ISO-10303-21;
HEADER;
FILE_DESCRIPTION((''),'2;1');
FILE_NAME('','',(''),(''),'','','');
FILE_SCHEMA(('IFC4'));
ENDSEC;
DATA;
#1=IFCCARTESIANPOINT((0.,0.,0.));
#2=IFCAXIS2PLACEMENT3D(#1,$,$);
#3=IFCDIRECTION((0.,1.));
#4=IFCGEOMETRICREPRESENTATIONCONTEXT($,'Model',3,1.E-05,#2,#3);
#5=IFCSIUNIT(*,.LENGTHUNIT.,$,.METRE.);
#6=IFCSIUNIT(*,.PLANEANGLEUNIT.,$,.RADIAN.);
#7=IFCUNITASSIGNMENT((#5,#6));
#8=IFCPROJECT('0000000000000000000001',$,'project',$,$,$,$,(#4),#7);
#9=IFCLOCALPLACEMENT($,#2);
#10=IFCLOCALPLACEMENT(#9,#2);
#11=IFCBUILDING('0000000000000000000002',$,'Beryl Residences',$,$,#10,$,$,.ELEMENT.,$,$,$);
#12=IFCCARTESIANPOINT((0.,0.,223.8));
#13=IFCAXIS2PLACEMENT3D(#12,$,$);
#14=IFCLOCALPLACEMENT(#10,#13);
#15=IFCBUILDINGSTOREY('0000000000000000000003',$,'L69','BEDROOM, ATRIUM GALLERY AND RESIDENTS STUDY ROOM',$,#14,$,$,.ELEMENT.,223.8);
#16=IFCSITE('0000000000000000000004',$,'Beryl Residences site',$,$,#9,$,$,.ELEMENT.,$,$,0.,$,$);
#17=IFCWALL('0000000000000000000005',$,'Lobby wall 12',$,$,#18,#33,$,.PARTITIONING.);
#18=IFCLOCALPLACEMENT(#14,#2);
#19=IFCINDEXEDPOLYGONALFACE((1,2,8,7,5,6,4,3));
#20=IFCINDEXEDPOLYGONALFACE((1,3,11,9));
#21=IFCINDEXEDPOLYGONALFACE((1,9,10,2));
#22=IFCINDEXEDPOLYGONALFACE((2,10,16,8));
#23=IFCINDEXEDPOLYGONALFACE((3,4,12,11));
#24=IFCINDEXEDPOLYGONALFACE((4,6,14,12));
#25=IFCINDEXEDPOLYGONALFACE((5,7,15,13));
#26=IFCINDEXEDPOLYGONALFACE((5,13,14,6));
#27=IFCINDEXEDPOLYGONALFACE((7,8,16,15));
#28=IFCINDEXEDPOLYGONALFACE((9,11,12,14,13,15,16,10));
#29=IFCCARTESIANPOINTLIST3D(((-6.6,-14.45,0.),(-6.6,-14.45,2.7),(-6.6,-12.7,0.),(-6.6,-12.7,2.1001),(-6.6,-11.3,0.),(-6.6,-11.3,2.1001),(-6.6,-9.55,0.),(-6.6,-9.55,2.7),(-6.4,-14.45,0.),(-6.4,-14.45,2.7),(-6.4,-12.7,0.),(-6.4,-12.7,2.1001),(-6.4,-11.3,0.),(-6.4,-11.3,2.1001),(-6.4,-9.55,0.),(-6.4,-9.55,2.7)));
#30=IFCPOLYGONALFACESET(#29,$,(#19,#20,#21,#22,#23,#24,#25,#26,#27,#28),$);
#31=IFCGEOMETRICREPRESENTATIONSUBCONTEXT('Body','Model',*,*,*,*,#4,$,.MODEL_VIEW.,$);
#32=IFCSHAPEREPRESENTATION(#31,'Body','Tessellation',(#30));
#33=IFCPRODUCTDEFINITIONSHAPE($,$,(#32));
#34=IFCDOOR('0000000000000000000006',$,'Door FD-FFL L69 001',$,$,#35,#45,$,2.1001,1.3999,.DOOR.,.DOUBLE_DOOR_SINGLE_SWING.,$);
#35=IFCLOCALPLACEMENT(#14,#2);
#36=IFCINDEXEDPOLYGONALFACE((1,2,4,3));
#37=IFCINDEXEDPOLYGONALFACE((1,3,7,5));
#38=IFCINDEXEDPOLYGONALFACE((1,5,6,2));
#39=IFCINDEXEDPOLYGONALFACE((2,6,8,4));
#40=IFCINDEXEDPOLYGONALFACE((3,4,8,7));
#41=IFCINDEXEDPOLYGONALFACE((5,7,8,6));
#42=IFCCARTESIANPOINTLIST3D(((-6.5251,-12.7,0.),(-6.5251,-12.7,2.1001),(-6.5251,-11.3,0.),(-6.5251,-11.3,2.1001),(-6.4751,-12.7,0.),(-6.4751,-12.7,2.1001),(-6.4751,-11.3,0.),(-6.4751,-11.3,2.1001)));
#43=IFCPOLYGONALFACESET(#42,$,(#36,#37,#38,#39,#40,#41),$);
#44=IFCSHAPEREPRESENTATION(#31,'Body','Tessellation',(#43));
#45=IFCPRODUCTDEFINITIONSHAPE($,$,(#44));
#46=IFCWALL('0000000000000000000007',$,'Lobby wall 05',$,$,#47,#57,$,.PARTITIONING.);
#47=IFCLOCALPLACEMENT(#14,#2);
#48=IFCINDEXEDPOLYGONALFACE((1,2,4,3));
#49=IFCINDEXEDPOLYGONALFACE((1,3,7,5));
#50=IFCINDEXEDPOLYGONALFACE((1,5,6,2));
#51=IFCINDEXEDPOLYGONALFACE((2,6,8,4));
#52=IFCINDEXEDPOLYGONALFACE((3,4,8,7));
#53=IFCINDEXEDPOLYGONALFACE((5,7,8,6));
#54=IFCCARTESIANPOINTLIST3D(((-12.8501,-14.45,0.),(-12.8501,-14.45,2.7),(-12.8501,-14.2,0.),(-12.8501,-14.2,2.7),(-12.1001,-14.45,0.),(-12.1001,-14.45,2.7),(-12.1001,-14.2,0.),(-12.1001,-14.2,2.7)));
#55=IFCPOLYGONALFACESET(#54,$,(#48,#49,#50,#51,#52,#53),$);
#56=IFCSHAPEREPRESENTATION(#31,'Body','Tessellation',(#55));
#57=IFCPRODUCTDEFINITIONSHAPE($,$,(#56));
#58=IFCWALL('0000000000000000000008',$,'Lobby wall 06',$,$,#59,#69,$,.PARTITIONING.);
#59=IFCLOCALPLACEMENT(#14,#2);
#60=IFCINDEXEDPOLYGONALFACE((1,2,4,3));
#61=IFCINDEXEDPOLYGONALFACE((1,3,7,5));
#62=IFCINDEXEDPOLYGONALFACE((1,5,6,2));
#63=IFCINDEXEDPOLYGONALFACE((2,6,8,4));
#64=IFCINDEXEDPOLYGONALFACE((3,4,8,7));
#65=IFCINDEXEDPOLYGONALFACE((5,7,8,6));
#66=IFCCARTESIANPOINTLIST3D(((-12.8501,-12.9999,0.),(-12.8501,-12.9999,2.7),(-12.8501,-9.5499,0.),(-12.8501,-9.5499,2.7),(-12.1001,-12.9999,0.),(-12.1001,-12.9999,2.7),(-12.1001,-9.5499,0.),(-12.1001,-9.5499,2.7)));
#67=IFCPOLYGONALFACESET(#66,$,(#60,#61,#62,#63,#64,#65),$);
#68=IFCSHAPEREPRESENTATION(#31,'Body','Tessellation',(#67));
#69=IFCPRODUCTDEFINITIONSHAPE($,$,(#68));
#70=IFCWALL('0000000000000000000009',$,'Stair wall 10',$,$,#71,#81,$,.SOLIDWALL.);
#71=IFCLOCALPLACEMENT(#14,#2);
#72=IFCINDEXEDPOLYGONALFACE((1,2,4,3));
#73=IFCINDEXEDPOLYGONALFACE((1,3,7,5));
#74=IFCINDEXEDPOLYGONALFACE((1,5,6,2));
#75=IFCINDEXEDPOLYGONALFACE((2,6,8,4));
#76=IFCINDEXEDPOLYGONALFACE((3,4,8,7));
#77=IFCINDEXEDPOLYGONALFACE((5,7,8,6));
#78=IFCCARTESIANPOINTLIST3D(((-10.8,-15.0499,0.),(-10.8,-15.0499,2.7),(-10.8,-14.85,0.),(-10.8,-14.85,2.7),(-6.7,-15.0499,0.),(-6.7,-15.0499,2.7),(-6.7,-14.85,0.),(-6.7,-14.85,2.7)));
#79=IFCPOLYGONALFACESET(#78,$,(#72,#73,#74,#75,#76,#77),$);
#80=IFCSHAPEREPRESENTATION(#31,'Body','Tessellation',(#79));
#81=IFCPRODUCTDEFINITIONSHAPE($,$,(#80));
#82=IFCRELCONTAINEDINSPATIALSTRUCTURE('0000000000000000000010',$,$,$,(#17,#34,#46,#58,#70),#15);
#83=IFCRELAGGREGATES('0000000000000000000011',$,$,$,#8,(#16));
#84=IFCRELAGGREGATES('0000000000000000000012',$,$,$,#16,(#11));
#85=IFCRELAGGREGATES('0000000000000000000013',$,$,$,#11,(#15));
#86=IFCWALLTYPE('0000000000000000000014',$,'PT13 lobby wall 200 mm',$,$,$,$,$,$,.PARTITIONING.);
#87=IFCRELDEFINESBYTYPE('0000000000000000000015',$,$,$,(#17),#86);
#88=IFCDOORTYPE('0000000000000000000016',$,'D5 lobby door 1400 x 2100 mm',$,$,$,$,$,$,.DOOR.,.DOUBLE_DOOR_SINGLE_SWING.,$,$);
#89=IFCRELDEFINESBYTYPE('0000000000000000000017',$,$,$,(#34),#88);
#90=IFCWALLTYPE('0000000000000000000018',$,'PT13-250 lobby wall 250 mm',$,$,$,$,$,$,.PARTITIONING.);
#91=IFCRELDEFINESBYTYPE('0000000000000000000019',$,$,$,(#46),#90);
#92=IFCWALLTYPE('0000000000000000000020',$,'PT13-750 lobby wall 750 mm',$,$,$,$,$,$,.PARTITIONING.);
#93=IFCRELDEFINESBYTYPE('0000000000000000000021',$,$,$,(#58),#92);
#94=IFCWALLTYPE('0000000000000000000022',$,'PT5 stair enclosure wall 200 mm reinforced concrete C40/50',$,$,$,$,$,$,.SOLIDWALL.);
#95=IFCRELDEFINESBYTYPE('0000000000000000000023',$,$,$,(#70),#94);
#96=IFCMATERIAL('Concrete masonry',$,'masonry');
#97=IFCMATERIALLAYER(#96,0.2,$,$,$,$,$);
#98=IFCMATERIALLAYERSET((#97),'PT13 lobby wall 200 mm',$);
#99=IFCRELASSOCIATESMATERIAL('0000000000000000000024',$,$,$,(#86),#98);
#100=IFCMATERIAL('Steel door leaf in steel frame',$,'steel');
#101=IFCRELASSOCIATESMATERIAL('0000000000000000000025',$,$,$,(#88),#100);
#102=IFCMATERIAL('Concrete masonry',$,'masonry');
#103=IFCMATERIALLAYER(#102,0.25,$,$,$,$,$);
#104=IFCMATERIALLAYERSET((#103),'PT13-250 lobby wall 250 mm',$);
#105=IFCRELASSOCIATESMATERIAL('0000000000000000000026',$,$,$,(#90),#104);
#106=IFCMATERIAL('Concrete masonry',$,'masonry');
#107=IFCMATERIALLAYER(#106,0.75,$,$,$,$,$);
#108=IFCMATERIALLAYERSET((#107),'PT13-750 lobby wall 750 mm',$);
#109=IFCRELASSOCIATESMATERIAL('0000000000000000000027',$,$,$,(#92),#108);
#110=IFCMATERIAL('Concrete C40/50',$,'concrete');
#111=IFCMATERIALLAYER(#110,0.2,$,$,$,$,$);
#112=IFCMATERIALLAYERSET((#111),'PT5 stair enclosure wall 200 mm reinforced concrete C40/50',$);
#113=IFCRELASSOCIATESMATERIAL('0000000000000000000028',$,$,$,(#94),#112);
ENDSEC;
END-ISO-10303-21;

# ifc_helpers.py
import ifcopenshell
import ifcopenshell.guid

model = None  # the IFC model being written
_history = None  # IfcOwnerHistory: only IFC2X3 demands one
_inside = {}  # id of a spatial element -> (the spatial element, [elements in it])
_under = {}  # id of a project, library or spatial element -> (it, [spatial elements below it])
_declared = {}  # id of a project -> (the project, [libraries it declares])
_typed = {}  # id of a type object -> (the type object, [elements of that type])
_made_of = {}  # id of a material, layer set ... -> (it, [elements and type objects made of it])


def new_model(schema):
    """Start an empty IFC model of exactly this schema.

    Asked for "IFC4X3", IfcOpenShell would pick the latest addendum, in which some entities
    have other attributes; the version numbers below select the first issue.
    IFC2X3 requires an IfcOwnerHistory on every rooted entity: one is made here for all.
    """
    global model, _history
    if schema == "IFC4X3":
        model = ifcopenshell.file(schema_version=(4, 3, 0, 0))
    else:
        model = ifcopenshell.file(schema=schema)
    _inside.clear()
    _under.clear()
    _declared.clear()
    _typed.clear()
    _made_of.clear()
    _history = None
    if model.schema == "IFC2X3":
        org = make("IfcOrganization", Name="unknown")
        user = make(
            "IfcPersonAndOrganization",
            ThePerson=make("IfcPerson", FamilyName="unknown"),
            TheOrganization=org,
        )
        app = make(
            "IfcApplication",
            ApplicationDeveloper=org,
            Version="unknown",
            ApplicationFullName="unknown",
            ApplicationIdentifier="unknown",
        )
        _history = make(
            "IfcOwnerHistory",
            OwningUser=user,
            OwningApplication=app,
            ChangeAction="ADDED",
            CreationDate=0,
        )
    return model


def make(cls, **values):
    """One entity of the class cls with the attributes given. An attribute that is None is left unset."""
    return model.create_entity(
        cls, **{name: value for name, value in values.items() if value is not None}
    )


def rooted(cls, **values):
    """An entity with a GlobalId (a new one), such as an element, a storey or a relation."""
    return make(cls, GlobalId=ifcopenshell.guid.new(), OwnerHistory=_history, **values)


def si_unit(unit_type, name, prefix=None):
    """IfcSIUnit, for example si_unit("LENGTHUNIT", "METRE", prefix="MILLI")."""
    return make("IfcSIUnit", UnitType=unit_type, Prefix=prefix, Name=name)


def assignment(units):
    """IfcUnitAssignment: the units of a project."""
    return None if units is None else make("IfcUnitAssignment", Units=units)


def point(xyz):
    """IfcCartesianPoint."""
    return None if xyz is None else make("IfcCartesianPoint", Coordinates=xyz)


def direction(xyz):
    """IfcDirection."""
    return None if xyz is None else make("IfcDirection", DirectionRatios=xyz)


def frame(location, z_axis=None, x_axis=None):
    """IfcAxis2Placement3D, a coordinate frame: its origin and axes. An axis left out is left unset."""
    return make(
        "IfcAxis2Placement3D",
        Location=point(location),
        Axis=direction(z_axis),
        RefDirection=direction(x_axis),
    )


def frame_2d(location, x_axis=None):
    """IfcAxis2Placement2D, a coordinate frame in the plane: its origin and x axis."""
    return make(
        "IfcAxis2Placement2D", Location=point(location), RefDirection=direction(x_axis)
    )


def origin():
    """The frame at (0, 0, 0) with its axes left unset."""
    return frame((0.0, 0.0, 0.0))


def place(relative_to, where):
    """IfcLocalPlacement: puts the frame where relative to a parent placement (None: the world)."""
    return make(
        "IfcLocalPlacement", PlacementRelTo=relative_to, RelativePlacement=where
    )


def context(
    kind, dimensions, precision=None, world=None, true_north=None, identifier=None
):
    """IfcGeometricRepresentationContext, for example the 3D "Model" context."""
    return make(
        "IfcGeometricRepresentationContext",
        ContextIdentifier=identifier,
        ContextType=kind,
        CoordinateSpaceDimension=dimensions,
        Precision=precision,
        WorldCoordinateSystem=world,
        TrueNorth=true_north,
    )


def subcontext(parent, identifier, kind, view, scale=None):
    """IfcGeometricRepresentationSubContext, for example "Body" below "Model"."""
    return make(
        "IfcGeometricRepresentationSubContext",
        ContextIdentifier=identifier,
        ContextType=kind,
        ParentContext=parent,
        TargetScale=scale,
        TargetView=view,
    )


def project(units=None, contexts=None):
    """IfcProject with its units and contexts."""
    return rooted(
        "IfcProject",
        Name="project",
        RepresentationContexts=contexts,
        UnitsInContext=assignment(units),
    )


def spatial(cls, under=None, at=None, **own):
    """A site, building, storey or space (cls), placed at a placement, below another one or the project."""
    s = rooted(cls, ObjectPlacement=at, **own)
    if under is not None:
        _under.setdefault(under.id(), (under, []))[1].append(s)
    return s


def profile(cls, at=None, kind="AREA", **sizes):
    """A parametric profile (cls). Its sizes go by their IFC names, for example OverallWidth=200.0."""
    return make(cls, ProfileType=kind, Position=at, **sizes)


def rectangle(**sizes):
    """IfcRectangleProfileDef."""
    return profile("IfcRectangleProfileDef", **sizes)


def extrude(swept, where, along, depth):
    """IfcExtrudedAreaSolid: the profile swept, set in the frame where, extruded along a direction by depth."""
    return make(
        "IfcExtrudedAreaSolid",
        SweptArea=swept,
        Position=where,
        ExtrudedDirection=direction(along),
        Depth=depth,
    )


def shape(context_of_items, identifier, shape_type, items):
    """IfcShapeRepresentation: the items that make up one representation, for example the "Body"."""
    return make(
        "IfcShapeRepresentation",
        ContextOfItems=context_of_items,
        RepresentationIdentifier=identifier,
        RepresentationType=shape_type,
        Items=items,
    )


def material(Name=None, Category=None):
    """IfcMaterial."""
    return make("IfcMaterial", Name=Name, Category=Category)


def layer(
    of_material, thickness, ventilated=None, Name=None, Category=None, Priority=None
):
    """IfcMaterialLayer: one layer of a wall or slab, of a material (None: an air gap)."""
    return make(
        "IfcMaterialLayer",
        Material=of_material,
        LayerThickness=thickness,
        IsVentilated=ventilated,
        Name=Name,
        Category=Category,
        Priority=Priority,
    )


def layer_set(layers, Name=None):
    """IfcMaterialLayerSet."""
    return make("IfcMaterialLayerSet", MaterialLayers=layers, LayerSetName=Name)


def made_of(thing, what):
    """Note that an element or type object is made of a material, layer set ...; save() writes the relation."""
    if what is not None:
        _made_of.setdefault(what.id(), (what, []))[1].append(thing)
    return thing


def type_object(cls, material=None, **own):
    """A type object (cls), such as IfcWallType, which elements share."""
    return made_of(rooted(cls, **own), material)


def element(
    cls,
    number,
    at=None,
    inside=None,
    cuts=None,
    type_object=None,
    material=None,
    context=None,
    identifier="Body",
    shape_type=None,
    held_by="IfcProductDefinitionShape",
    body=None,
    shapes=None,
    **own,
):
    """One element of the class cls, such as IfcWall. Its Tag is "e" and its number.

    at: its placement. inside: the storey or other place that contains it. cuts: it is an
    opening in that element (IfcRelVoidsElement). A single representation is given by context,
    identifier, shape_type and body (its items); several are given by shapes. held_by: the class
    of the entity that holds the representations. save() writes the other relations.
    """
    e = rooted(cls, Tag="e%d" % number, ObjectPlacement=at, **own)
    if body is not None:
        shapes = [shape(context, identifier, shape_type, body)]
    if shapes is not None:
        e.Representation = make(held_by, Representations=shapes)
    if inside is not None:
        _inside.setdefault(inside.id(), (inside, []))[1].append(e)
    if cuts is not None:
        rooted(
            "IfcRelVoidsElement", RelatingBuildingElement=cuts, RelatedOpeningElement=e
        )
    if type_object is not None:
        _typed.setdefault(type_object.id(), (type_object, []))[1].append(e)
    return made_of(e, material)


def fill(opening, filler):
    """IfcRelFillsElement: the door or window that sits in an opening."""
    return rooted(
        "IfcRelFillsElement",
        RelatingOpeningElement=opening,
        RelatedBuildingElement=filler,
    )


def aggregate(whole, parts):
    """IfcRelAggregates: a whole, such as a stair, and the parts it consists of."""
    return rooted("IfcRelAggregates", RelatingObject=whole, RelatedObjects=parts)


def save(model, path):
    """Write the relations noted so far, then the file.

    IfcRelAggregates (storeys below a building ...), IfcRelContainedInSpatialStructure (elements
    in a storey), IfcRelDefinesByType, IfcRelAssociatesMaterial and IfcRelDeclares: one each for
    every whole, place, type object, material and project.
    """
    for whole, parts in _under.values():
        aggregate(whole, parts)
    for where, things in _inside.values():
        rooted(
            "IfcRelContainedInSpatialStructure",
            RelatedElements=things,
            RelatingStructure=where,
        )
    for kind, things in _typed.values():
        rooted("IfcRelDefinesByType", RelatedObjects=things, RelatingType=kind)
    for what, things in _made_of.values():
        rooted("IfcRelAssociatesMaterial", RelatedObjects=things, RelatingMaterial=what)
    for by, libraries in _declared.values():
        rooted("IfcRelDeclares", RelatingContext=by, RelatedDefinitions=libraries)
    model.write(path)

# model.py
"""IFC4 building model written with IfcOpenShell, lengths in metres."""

from ifc_helpers import new_model, si_unit, direction, frame, frame_2d, origin, place, context, subcontext, project, spatial, rectangle, extrude, material, layer, layer_set, type_object, element, fill, save


model = new_model("IFC4")

# Units and contexts
model_context = context("Model", 3, precision=1e-05, world=origin(), true_north=direction((0.0, 1.0)))
body_context = subcontext(model_context, "Body", "Model", "MODEL_VIEW")
ifc_project = project(units=[si_unit("LENGTHUNIT", "METRE"), si_unit("PLANEANGLEUNIT", "RADIAN")], contexts=[model_context])

# Site, building, storey
site_placement = place(None, origin())
site = spatial("IfcSite", under=ifc_project, at=site_placement, Name="Beryl Residences site", CompositionType="ELEMENT", RefElevation=0.0)
building_placement = place(site_placement, origin())
building = spatial("IfcBuilding", under=site, at=building_placement, Name="Beryl Residences", CompositionType="ELEMENT")
storey_placement = place(building_placement, frame((0.0, 0.0, 223.8)))
storey = spatial("IfcBuildingStorey", under=building, at=storey_placement, Name="L69", Description="BEDROOM, ATRIUM GALLERY AND RESIDENTS STUDY ROOM", CompositionType="ELEMENT", Elevation=223.8)

# Wall, opening, door
ifc_material_1 = material(Name="Concrete masonry", Category="masonry")
ifc_layer_1 = layer(ifc_material_1, 0.2)
ifc_layer_set_1 = layer_set([ifc_layer_1], Name="PT13 lobby wall 200 mm")
wall_type_1 = type_object("IfcWallType", Name="PT13 lobby wall 200 mm", PredefinedType="PARTITIONING", material=ifc_layer_set_1)
wall_1_placement = place(storey_placement, frame((-6.5, -14.45, 0.0), z_axis=(0.0, 0.0, 1.0), x_axis=(0.0, 1.0, 0.0)))
wall_1 = element("IfcWall", 1, at=wall_1_placement, inside=storey, type_object=wall_type_1, Name="Lobby wall 12", PredefinedType="PARTITIONING", context=body_context, shape_type="SweptSolid", body=[
    extrude(rectangle(XDim=4.8999, YDim=0.2, at=frame_2d((2.45, 0.0))), origin(), (0.0, 0.0, 1.0), 2.7),
])
opening_1_placement = place(wall_1_placement, frame((3.1499, 0.0, 0.0), z_axis=(0.0, 0.0, 1.0), x_axis=(-1.0, 0.0, 0.0)))
opening_1 = element("IfcOpeningElement", 2, at=opening_1_placement, cuts=wall_1, PredefinedType="OPENING", context=body_context, shape_type="SweptSolid", body=[
    extrude(rectangle(XDim=1.3999, YDim=2.1001, at=frame_2d((0.7, 1.05))), frame((0.0, 0.1099, 0.0), z_axis=(0.0, -1.0, 0.0), x_axis=(1.0, 0.0, 0.0)), (0.0, 0.0, 1.0), 0.22),
])
ifc_material_2 = material(Name="Steel door leaf in steel frame", Category="steel")
door_type_1 = type_object("IfcDoorType", Name="D5 lobby door 1400 x 2100 mm", OperationType="DOUBLE_DOOR_SINGLE_SWING", PredefinedType="DOOR", material=ifc_material_2)
door_1_placement = place(opening_1_placement, origin())
door_1 = element("IfcDoor", 3, at=door_1_placement, inside=storey, type_object=door_type_1, Name="Door FD-FFL L69 001", OperationType="DOUBLE_DOOR_SINGLE_SWING", OverallHeight=2.1001, OverallWidth=1.3999, PredefinedType="DOOR", context=body_context, shape_type="SweptSolid", body=[
    extrude(rectangle(XDim=1.3999, YDim=2.1001, at=frame_2d((0.7, 1.05))), frame((0.0, 0.0249, 0.0), z_axis=(0.0, -1.0, 0.0), x_axis=(1.0, 0.0, 0.0)), (0.0, 0.0, 1.0), 0.05),
])
fill(opening_1, door_1)

# Walls
ifc_material_3 = material(Name="Concrete masonry", Category="masonry")
ifc_layer_2 = layer(ifc_material_3, 0.25)
ifc_layer_set_2 = layer_set([ifc_layer_2], Name="PT13-250 lobby wall 250 mm")
wall_type_2 = type_object("IfcWallType", Name="PT13-250 lobby wall 250 mm", PredefinedType="PARTITIONING", material=ifc_layer_set_2)
wall_2_placement = place(storey_placement, frame((-12.8501, -14.325, 0.0), z_axis=(0.0, 0.0, 1.0), x_axis=(1.0, 0.0, 0.0)))
element("IfcWall", 4, at=wall_2_placement, inside=storey, type_object=wall_type_2, Name="Lobby wall 05", PredefinedType="PARTITIONING", context=body_context, shape_type="SweptSolid", body=[
    extrude(rectangle(XDim=0.75, YDim=0.25, at=frame_2d((0.375, 0.0))), origin(), (0.0, 0.0, 1.0), 2.7),
])
ifc_material_4 = material(Name="Concrete masonry", Category="masonry")
ifc_layer_3 = layer(ifc_material_4, 0.75)
ifc_layer_set_3 = layer_set([ifc_layer_3], Name="PT13-750 lobby wall 750 mm")
wall_type_3 = type_object("IfcWallType", Name="PT13-750 lobby wall 750 mm", PredefinedType="PARTITIONING", material=ifc_layer_set_3)
wall_3_placement = place(storey_placement, frame((-12.4751, -13.0, 0.0), z_axis=(0.0, 0.0, 1.0), x_axis=(0.0, 1.0, 0.0)))
element("IfcWall", 5, at=wall_3_placement, inside=storey, type_object=wall_type_3, Name="Lobby wall 06", PredefinedType="PARTITIONING", context=body_context, shape_type="SweptSolid", body=[
    extrude(rectangle(XDim=3.45, YDim=0.75, at=frame_2d((1.7251, 0.0))), origin(), (0.0, 0.0, 1.0), 2.7),
])
ifc_material_5 = material(Name="Concrete C40/50", Category="concrete")
ifc_layer_4 = layer(ifc_material_5, 0.2)
ifc_layer_set_4 = layer_set([ifc_layer_4], Name="PT5 stair enclosure wall 200 mm reinforced concrete C40/50")
wall_type_4 = type_object("IfcWallType", Name="PT5 stair enclosure wall 200 mm reinforced concrete C40/50", PredefinedType="SOLIDWALL", material=ifc_layer_set_4)
wall_4_placement = place(storey_placement, frame((-10.8, -14.95, 0.0), z_axis=(0.0, 0.0, 1.0), x_axis=(1.0, 0.0, 0.0)))
element("IfcWall", 6, at=wall_4_placement, inside=storey, type_object=wall_type_4, Name="Stair wall 10", PredefinedType="SOLIDWALL", context=body_context, shape_type="SweptSolid", body=[
    extrude(rectangle(XDim=4.1001, YDim=0.2, at=frame_2d((2.05, 0.0))), origin(), (0.0, 0.0, 1.0), 2.7),
])

save(model, "model.ifc")
